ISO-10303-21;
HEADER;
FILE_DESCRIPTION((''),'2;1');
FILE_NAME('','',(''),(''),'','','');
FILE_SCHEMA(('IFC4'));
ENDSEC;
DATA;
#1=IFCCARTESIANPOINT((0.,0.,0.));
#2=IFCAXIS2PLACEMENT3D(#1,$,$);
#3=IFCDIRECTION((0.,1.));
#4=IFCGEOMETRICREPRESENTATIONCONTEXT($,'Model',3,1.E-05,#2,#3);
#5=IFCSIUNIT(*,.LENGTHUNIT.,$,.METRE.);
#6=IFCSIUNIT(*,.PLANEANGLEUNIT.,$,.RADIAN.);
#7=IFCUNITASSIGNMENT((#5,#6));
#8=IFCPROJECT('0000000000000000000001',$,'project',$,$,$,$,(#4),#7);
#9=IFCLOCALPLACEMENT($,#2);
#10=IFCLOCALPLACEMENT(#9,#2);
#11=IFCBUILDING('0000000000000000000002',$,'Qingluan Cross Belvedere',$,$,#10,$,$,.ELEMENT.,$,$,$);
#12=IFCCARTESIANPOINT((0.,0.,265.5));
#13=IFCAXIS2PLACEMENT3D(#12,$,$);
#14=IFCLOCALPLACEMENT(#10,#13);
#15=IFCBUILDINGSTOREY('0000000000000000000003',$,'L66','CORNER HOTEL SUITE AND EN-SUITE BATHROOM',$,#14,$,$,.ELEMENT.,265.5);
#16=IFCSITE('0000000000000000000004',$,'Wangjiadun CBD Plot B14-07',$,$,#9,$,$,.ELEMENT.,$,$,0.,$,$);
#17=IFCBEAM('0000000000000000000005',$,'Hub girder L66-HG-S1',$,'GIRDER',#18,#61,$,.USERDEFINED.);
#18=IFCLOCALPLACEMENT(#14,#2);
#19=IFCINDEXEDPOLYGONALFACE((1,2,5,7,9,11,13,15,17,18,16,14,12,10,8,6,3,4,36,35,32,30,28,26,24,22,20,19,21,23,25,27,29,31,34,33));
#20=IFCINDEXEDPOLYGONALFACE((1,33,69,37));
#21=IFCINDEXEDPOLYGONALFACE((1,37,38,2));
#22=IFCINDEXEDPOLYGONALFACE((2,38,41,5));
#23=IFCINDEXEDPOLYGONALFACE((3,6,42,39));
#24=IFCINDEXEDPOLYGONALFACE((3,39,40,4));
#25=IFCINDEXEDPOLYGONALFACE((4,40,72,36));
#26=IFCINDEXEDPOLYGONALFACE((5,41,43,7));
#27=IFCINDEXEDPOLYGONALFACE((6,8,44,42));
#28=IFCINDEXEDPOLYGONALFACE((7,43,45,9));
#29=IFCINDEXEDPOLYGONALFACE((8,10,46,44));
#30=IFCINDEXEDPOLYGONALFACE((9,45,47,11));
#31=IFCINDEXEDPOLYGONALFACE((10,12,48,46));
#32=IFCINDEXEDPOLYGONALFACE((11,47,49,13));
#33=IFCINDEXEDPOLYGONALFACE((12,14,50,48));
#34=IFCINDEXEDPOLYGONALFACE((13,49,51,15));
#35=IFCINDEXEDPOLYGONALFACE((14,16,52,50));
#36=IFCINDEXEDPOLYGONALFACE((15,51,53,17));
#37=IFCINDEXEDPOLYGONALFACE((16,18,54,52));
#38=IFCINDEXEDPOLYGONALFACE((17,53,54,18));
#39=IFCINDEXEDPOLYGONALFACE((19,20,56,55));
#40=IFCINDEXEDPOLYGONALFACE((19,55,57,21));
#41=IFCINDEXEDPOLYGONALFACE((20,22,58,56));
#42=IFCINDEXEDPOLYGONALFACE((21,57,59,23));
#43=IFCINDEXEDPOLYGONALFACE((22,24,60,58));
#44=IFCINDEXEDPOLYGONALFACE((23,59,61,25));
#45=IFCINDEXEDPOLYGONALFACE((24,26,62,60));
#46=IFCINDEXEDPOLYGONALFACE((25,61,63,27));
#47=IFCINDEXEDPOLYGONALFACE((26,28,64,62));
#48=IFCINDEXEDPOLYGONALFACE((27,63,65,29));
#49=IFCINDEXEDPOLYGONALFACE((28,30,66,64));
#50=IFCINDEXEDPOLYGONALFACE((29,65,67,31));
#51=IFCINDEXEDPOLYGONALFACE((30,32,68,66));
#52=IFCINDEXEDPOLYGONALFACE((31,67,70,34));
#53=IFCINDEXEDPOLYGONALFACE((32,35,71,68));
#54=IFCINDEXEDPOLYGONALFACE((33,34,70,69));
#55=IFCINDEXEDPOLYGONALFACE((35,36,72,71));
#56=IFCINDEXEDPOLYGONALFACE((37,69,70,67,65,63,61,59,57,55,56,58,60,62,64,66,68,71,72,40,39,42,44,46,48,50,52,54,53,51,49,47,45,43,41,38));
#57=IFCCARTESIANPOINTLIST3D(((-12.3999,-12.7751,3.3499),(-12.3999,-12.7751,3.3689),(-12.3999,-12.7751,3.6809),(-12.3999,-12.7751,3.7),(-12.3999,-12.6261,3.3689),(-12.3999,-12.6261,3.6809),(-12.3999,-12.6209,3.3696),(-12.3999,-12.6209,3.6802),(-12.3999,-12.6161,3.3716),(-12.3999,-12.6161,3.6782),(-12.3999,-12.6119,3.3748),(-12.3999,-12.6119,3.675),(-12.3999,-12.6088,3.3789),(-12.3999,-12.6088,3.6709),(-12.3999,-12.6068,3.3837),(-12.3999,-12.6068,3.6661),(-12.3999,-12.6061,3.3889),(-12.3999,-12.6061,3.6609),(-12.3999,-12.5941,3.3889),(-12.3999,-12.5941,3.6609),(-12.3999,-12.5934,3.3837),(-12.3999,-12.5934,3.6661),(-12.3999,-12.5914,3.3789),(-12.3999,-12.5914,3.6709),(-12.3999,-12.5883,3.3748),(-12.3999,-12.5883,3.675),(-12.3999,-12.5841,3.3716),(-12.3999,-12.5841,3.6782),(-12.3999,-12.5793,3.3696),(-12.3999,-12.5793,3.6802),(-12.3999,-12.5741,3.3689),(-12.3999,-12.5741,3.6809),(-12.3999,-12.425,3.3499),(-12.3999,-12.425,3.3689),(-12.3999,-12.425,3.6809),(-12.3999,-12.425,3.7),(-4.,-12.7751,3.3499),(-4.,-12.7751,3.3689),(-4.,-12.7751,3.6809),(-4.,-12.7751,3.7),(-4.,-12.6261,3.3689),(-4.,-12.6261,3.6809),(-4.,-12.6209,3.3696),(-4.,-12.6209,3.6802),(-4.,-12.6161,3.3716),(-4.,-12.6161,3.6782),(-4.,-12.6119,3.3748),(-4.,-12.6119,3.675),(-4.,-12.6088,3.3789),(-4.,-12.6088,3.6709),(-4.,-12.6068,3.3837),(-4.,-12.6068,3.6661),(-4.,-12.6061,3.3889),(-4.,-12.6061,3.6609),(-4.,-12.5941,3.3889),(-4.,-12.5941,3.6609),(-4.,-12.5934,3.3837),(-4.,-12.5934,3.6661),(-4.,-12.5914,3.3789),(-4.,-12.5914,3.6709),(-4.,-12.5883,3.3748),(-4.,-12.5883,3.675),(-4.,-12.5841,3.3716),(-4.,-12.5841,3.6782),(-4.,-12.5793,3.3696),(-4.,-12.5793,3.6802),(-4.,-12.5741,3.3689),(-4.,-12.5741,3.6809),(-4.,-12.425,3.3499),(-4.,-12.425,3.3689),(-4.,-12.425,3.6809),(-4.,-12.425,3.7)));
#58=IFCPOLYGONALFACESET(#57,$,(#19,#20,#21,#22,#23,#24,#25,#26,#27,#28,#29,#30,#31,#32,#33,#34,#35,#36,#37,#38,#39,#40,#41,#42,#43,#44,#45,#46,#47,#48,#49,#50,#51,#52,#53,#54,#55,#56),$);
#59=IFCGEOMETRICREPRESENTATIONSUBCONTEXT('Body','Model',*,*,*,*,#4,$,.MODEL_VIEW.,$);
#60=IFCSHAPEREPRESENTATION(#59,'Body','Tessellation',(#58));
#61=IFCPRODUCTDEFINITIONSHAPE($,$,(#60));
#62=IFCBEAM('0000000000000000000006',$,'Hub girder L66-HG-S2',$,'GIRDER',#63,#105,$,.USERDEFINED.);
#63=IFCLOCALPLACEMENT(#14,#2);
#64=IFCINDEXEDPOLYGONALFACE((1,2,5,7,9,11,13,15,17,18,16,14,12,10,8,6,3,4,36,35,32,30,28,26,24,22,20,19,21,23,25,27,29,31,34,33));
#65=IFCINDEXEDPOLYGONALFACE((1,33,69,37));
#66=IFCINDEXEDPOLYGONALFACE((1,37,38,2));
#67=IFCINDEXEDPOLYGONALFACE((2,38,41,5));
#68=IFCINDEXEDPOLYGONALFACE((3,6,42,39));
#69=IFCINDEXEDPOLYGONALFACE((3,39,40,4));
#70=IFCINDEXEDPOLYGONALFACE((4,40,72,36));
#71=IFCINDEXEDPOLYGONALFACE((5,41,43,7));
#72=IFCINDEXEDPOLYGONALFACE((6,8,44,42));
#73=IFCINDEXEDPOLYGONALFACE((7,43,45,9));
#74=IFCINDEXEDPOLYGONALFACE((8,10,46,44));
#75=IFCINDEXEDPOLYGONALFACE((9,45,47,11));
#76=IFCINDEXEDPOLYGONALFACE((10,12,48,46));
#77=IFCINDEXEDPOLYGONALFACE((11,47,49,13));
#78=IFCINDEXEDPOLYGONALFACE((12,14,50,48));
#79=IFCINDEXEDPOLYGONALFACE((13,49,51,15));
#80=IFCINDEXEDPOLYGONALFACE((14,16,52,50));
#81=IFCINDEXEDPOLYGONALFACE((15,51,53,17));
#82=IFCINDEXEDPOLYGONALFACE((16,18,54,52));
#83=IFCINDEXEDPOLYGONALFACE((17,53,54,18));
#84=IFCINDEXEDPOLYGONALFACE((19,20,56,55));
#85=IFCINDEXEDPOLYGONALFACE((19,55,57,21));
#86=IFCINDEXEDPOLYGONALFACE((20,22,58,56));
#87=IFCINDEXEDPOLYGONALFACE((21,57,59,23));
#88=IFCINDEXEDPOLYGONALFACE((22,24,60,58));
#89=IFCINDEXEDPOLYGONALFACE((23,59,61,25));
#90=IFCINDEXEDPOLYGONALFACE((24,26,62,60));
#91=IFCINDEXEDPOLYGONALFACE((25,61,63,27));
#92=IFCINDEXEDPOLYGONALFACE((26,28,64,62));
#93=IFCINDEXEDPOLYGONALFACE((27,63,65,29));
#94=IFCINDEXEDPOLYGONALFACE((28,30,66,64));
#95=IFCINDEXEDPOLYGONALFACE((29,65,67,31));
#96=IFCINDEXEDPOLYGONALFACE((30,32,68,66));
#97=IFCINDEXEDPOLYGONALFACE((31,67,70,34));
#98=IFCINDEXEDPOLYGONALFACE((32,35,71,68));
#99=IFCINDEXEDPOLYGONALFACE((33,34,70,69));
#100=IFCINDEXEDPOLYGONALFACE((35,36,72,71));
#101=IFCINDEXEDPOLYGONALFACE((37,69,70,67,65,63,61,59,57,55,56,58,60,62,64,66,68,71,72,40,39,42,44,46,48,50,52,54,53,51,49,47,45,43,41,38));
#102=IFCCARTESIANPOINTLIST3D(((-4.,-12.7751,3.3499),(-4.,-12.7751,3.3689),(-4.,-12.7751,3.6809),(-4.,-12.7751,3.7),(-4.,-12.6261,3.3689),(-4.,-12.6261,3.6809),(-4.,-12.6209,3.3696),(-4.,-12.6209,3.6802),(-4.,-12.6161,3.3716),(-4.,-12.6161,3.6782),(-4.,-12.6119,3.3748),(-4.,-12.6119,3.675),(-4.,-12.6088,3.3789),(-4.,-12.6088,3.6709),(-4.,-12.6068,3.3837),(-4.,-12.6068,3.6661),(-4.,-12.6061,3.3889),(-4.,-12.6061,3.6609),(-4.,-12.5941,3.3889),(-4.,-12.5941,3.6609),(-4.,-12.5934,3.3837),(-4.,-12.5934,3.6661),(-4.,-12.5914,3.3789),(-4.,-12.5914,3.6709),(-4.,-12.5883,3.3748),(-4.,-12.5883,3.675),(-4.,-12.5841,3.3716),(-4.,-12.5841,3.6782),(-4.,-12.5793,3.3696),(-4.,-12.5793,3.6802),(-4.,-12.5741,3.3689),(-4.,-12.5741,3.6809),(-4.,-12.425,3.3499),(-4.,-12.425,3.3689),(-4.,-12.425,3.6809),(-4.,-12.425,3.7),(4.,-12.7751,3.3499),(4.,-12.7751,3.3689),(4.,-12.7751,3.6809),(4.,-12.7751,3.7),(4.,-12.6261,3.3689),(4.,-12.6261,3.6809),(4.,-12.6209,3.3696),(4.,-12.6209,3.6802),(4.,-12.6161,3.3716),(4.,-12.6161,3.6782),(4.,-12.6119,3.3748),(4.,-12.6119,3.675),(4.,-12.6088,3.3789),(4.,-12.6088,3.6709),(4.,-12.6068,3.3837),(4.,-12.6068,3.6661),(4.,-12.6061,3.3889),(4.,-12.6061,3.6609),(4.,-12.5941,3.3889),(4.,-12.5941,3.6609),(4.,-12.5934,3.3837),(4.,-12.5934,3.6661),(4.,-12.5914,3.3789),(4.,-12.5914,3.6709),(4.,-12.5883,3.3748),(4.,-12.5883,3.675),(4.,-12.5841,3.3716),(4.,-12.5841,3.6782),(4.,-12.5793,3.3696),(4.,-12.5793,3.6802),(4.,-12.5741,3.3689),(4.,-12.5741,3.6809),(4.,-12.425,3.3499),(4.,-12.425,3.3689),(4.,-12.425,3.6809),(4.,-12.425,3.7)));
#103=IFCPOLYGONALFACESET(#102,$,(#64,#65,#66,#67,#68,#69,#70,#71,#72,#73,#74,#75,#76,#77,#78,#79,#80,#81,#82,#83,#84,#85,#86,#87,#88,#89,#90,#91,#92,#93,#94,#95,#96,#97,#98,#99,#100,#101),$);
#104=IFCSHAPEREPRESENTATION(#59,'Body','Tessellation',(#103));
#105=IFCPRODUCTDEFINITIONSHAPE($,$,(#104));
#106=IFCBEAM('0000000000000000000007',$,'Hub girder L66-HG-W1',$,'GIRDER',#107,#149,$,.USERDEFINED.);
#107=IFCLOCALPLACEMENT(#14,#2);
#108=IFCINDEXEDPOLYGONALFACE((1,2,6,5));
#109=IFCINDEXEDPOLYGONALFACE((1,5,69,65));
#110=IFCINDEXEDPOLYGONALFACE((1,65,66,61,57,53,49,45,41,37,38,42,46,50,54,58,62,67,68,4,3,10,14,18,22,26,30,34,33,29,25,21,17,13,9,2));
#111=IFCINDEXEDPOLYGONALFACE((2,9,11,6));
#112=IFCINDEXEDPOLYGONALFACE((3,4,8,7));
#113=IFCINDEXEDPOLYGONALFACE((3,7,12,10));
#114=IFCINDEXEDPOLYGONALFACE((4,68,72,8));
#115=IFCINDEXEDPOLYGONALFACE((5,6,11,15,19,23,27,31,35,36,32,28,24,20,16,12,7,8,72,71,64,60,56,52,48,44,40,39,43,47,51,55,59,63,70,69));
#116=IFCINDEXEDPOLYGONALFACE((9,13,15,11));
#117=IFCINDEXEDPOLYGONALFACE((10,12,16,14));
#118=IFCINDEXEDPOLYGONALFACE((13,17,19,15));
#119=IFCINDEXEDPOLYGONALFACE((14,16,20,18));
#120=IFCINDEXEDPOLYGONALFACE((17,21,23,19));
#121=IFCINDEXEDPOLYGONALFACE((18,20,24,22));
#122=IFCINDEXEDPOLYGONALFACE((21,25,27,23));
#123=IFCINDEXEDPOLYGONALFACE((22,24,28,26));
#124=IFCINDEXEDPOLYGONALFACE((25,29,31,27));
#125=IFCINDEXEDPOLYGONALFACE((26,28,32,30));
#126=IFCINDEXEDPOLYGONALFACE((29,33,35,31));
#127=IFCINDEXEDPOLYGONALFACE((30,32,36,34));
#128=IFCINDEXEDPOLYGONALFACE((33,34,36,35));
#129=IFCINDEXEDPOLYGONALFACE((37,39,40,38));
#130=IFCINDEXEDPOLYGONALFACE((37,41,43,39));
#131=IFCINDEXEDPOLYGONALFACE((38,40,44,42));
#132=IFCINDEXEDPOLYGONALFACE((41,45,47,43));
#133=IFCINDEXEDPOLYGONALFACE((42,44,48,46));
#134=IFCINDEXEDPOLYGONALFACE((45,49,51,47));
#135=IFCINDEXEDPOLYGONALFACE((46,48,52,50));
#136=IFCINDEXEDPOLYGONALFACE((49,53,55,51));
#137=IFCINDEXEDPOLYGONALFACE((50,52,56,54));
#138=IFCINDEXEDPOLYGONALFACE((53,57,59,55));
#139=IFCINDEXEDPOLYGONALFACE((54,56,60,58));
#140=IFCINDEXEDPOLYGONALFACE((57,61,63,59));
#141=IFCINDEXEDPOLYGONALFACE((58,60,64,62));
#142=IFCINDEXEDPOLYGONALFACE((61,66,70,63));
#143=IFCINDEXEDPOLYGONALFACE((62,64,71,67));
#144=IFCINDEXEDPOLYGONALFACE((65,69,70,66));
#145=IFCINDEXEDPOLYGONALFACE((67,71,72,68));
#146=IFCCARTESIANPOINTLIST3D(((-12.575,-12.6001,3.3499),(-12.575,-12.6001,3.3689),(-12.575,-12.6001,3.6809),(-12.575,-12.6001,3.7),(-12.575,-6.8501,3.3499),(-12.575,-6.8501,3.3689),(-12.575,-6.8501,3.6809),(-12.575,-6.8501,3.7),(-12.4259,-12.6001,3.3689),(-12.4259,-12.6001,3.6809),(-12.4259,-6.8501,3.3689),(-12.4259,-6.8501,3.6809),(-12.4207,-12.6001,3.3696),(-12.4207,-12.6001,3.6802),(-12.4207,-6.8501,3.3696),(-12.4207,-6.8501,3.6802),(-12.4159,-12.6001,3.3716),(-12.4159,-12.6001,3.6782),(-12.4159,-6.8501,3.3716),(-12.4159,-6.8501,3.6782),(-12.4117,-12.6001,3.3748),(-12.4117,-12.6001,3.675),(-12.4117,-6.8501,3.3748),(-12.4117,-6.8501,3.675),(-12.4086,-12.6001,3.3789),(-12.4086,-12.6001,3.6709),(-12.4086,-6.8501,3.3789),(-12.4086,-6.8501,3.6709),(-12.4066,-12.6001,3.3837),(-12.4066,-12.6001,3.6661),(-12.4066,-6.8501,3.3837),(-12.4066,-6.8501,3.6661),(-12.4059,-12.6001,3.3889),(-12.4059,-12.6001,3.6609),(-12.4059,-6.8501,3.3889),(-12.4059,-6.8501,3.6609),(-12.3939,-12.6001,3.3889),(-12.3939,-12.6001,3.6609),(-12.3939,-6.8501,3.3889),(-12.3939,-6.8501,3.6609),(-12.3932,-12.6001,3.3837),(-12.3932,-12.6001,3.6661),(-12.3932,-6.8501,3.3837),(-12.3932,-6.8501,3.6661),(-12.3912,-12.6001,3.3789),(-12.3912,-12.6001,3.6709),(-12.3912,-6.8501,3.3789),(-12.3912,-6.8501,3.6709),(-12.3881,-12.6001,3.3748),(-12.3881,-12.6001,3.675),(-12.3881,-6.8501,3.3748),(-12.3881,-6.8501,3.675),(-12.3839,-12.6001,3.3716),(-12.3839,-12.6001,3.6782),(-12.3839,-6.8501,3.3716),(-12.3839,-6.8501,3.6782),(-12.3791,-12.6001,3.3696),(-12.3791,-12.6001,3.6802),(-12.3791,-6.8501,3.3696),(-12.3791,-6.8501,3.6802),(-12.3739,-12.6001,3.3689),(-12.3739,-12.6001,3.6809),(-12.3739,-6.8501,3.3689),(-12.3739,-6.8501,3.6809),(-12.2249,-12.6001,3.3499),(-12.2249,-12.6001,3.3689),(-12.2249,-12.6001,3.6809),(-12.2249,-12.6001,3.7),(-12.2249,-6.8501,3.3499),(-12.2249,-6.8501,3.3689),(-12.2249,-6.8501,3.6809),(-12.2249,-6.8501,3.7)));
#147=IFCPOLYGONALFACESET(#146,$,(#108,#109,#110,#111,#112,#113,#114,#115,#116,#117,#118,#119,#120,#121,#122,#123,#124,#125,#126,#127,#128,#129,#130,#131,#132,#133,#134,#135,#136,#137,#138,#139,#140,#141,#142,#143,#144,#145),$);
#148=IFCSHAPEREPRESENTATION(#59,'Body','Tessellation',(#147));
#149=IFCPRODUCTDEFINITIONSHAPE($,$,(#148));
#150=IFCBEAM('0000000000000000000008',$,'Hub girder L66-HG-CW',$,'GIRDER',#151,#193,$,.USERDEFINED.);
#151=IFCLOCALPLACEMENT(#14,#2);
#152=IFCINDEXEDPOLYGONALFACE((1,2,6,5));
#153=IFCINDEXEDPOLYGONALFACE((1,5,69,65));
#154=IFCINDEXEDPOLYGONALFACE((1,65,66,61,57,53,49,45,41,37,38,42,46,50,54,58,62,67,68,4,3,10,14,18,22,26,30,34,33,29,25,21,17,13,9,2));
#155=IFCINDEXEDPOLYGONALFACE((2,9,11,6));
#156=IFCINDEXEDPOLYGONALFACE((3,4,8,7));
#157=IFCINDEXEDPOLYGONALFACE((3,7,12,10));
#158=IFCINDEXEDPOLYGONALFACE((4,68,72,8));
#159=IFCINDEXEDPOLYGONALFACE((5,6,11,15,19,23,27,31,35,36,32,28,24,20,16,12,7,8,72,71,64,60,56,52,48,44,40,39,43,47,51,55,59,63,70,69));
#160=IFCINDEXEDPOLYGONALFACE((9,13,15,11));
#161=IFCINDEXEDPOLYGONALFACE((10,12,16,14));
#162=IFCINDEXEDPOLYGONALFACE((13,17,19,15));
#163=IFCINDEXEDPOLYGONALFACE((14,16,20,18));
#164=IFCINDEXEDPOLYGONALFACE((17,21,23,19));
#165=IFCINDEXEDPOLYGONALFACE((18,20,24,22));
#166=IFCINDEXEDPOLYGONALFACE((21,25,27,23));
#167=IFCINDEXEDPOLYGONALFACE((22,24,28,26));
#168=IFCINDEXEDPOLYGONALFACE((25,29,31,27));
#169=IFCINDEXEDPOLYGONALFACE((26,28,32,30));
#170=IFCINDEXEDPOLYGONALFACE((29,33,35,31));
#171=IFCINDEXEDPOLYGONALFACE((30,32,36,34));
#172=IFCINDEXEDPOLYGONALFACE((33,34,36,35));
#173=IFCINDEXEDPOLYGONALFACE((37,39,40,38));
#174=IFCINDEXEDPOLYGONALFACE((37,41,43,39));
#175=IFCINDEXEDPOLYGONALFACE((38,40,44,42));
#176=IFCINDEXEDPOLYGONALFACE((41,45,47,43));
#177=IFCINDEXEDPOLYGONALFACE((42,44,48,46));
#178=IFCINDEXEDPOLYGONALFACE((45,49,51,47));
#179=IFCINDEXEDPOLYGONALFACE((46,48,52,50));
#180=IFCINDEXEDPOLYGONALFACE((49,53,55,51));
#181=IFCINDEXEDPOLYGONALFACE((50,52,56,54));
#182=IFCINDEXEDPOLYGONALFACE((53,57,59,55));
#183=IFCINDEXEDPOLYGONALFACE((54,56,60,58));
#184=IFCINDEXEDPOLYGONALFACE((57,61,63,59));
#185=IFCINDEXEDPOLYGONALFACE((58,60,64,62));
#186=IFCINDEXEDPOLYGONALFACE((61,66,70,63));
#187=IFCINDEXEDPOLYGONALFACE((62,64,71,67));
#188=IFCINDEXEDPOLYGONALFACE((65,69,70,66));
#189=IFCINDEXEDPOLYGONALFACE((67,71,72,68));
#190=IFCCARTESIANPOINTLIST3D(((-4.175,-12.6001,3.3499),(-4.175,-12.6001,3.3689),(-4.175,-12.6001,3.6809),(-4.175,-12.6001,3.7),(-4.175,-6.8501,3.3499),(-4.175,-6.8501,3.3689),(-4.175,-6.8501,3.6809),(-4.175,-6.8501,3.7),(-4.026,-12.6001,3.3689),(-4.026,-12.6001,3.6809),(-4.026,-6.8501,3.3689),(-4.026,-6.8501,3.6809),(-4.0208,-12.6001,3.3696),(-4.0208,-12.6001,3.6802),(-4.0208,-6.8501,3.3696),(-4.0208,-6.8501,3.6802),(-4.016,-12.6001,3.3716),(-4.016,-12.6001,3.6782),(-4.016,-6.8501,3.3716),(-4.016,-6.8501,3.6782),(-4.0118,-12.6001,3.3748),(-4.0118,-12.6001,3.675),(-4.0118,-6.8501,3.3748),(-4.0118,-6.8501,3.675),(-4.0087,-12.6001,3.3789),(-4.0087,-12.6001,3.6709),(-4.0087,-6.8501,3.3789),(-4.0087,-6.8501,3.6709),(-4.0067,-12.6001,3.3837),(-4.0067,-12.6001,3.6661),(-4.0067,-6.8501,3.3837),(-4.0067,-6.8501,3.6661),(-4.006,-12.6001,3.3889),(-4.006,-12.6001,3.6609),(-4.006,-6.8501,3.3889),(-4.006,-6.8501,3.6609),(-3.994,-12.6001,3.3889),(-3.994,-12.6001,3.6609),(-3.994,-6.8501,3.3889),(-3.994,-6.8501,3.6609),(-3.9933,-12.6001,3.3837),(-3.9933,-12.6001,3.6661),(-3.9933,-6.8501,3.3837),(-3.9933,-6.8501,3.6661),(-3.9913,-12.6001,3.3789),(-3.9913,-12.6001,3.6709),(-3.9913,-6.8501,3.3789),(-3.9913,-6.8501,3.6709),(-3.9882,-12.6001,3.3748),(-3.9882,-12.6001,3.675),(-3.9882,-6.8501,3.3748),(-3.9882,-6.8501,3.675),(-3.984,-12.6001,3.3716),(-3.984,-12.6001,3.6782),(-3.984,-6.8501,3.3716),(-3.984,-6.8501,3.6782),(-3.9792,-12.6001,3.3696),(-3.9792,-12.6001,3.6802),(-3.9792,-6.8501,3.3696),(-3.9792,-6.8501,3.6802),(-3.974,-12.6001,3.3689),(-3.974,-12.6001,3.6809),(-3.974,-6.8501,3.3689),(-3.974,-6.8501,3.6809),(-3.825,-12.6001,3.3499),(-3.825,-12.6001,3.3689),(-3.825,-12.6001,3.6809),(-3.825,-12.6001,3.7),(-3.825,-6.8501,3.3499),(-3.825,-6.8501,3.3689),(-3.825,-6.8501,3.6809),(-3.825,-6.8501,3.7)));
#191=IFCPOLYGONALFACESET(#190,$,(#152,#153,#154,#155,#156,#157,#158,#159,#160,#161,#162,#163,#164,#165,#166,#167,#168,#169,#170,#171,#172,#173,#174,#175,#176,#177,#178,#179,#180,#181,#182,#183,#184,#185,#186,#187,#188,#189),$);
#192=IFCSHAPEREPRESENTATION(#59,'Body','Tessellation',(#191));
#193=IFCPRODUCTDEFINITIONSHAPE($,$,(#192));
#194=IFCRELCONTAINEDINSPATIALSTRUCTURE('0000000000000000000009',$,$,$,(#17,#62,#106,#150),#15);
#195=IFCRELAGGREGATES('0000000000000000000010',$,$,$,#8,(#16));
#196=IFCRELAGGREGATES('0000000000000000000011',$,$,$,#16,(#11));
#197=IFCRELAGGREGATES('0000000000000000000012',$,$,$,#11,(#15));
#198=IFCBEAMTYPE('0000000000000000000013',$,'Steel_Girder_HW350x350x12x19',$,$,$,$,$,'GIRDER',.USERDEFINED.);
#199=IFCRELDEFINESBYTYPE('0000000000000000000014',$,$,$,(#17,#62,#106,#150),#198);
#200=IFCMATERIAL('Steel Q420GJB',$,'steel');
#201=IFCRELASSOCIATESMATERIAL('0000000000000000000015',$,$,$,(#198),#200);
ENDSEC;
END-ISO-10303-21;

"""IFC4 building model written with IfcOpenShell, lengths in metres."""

from ifc_helpers import new_model, si_unit, direction, frame, origin, origin_2d, place, context, subcontext, project, spatial, i_section, extrude, material, material_profile, profile_set, type_object, element, save


model = new_model("IFC4")

# Units and contexts
model_context = context("Model", 3, precision=1e-05, world=origin(), true_north=direction((0.0, 1.0)))
body_context = subcontext(model_context, "Body", "Model", "MODEL_VIEW")
ifc_project = project(units=[si_unit("LENGTHUNIT", "METRE"), si_unit("PLANEANGLEUNIT", "RADIAN")], contexts=[model_context])

# Site, building, storey
site_placement = place(None, origin())
site = spatial("IfcSite", under=ifc_project, at=site_placement, Name="Wangjiadun CBD Plot B14-07", CompositionType="ELEMENT", RefElevation=0.0)
building_placement = place(site_placement, origin())
building = spatial("IfcBuilding", under=site, at=building_placement, Name="Qingluan Cross Belvedere", CompositionType="ELEMENT")
storey_placement = place(building_placement, frame((0.0, 0.0, 265.5)))
storey = spatial("IfcBuildingStorey", under=building, at=storey_placement, Name="L66", Description="CORNER HOTEL SUITE AND EN-SUITE BATHROOM", CompositionType="ELEMENT", Elevation=265.5)

# Beams
ifc_material_1 = material(Name="Steel Q420GJB", Category="steel")
ifc_material_profile_1 = material_profile(ifc_material_1, i_section(OverallWidth=0.3501, OverallDepth=0.3501, WebThickness=0.012, FlangeThickness=0.019, FilletRadius=0.02, at=origin_2d()), Name="HW350x350x12x19")
ifc_profile_set_1 = profile_set([ifc_material_profile_1], Name="Steel Q420GJB")
beam_type_1 = type_object("IfcBeamType", Name="Steel_Girder_HW350x350x12x19", ElementType="GIRDER", PredefinedType="USERDEFINED", material=ifc_profile_set_1)
beam_1_placement = place(storey_placement, frame((-12.3999, -12.6001, 3.5249), z_axis=(1.0, 0.0, 0.0), x_axis=(0.0, 1.0, 0.0)))
element("IfcBeam", 1, at=beam_1_placement, inside=storey, type_object=beam_type_1, Name="Hub girder L66-HG-S1", ObjectType="GIRDER", PredefinedType="USERDEFINED", context=body_context, shape_type="SweptSolid", body=[
    extrude(i_section(OverallWidth=0.3501, OverallDepth=0.3501, WebThickness=0.012, FlangeThickness=0.019, FilletRadius=0.02, at=origin_2d()), origin(), (0.0, 0.0, 1.0), 8.3999),
])
beam_2_placement = place(storey_placement, frame((-4.0, -12.6001, 3.5249), z_axis=(1.0, 0.0, 0.0), x_axis=(0.0, 1.0, 0.0)))
element("IfcBeam", 2, at=beam_2_placement, inside=storey, type_object=beam_type_1, Name="Hub girder L66-HG-S2", ObjectType="GIRDER", PredefinedType="USERDEFINED", context=body_context, shape_type="SweptSolid", body=[
    extrude(i_section(OverallWidth=0.3501, OverallDepth=0.3501, WebThickness=0.012, FlangeThickness=0.019, FilletRadius=0.02, at=origin_2d()), origin(), (0.0, 0.0, 1.0), 8.0),
])
for number, where, z_axis, x_axis, name in (
    (3, (-12.3999, -12.6001, 3.5249), (0.0, 1.0, 0.0), (-1.0, 0.0, 0.0), "Hub girder L66-HG-W1"),
    (4, (-4.0, -12.6001, 3.5249), (0.0, 1.0, 0.0), (-1.0, 0.0, 0.0), "Hub girder L66-HG-CW"),
):
    element("IfcBeam", number, at=place(storey_placement, frame(where, z_axis=z_axis, x_axis=x_axis)), inside=storey, type_object=beam_type_1, Name=name, ObjectType="GIRDER", PredefinedType="USERDEFINED", context=body_context, shape_type="SweptSolid", body=[
        extrude(i_section(OverallWidth=0.3501, OverallDepth=0.3501, WebThickness=0.012, FlangeThickness=0.019, FilletRadius=0.02, at=origin_2d()), origin(), (0.0, 0.0, 1.0), 5.75),
    ])

save(model, "model.ifc")
